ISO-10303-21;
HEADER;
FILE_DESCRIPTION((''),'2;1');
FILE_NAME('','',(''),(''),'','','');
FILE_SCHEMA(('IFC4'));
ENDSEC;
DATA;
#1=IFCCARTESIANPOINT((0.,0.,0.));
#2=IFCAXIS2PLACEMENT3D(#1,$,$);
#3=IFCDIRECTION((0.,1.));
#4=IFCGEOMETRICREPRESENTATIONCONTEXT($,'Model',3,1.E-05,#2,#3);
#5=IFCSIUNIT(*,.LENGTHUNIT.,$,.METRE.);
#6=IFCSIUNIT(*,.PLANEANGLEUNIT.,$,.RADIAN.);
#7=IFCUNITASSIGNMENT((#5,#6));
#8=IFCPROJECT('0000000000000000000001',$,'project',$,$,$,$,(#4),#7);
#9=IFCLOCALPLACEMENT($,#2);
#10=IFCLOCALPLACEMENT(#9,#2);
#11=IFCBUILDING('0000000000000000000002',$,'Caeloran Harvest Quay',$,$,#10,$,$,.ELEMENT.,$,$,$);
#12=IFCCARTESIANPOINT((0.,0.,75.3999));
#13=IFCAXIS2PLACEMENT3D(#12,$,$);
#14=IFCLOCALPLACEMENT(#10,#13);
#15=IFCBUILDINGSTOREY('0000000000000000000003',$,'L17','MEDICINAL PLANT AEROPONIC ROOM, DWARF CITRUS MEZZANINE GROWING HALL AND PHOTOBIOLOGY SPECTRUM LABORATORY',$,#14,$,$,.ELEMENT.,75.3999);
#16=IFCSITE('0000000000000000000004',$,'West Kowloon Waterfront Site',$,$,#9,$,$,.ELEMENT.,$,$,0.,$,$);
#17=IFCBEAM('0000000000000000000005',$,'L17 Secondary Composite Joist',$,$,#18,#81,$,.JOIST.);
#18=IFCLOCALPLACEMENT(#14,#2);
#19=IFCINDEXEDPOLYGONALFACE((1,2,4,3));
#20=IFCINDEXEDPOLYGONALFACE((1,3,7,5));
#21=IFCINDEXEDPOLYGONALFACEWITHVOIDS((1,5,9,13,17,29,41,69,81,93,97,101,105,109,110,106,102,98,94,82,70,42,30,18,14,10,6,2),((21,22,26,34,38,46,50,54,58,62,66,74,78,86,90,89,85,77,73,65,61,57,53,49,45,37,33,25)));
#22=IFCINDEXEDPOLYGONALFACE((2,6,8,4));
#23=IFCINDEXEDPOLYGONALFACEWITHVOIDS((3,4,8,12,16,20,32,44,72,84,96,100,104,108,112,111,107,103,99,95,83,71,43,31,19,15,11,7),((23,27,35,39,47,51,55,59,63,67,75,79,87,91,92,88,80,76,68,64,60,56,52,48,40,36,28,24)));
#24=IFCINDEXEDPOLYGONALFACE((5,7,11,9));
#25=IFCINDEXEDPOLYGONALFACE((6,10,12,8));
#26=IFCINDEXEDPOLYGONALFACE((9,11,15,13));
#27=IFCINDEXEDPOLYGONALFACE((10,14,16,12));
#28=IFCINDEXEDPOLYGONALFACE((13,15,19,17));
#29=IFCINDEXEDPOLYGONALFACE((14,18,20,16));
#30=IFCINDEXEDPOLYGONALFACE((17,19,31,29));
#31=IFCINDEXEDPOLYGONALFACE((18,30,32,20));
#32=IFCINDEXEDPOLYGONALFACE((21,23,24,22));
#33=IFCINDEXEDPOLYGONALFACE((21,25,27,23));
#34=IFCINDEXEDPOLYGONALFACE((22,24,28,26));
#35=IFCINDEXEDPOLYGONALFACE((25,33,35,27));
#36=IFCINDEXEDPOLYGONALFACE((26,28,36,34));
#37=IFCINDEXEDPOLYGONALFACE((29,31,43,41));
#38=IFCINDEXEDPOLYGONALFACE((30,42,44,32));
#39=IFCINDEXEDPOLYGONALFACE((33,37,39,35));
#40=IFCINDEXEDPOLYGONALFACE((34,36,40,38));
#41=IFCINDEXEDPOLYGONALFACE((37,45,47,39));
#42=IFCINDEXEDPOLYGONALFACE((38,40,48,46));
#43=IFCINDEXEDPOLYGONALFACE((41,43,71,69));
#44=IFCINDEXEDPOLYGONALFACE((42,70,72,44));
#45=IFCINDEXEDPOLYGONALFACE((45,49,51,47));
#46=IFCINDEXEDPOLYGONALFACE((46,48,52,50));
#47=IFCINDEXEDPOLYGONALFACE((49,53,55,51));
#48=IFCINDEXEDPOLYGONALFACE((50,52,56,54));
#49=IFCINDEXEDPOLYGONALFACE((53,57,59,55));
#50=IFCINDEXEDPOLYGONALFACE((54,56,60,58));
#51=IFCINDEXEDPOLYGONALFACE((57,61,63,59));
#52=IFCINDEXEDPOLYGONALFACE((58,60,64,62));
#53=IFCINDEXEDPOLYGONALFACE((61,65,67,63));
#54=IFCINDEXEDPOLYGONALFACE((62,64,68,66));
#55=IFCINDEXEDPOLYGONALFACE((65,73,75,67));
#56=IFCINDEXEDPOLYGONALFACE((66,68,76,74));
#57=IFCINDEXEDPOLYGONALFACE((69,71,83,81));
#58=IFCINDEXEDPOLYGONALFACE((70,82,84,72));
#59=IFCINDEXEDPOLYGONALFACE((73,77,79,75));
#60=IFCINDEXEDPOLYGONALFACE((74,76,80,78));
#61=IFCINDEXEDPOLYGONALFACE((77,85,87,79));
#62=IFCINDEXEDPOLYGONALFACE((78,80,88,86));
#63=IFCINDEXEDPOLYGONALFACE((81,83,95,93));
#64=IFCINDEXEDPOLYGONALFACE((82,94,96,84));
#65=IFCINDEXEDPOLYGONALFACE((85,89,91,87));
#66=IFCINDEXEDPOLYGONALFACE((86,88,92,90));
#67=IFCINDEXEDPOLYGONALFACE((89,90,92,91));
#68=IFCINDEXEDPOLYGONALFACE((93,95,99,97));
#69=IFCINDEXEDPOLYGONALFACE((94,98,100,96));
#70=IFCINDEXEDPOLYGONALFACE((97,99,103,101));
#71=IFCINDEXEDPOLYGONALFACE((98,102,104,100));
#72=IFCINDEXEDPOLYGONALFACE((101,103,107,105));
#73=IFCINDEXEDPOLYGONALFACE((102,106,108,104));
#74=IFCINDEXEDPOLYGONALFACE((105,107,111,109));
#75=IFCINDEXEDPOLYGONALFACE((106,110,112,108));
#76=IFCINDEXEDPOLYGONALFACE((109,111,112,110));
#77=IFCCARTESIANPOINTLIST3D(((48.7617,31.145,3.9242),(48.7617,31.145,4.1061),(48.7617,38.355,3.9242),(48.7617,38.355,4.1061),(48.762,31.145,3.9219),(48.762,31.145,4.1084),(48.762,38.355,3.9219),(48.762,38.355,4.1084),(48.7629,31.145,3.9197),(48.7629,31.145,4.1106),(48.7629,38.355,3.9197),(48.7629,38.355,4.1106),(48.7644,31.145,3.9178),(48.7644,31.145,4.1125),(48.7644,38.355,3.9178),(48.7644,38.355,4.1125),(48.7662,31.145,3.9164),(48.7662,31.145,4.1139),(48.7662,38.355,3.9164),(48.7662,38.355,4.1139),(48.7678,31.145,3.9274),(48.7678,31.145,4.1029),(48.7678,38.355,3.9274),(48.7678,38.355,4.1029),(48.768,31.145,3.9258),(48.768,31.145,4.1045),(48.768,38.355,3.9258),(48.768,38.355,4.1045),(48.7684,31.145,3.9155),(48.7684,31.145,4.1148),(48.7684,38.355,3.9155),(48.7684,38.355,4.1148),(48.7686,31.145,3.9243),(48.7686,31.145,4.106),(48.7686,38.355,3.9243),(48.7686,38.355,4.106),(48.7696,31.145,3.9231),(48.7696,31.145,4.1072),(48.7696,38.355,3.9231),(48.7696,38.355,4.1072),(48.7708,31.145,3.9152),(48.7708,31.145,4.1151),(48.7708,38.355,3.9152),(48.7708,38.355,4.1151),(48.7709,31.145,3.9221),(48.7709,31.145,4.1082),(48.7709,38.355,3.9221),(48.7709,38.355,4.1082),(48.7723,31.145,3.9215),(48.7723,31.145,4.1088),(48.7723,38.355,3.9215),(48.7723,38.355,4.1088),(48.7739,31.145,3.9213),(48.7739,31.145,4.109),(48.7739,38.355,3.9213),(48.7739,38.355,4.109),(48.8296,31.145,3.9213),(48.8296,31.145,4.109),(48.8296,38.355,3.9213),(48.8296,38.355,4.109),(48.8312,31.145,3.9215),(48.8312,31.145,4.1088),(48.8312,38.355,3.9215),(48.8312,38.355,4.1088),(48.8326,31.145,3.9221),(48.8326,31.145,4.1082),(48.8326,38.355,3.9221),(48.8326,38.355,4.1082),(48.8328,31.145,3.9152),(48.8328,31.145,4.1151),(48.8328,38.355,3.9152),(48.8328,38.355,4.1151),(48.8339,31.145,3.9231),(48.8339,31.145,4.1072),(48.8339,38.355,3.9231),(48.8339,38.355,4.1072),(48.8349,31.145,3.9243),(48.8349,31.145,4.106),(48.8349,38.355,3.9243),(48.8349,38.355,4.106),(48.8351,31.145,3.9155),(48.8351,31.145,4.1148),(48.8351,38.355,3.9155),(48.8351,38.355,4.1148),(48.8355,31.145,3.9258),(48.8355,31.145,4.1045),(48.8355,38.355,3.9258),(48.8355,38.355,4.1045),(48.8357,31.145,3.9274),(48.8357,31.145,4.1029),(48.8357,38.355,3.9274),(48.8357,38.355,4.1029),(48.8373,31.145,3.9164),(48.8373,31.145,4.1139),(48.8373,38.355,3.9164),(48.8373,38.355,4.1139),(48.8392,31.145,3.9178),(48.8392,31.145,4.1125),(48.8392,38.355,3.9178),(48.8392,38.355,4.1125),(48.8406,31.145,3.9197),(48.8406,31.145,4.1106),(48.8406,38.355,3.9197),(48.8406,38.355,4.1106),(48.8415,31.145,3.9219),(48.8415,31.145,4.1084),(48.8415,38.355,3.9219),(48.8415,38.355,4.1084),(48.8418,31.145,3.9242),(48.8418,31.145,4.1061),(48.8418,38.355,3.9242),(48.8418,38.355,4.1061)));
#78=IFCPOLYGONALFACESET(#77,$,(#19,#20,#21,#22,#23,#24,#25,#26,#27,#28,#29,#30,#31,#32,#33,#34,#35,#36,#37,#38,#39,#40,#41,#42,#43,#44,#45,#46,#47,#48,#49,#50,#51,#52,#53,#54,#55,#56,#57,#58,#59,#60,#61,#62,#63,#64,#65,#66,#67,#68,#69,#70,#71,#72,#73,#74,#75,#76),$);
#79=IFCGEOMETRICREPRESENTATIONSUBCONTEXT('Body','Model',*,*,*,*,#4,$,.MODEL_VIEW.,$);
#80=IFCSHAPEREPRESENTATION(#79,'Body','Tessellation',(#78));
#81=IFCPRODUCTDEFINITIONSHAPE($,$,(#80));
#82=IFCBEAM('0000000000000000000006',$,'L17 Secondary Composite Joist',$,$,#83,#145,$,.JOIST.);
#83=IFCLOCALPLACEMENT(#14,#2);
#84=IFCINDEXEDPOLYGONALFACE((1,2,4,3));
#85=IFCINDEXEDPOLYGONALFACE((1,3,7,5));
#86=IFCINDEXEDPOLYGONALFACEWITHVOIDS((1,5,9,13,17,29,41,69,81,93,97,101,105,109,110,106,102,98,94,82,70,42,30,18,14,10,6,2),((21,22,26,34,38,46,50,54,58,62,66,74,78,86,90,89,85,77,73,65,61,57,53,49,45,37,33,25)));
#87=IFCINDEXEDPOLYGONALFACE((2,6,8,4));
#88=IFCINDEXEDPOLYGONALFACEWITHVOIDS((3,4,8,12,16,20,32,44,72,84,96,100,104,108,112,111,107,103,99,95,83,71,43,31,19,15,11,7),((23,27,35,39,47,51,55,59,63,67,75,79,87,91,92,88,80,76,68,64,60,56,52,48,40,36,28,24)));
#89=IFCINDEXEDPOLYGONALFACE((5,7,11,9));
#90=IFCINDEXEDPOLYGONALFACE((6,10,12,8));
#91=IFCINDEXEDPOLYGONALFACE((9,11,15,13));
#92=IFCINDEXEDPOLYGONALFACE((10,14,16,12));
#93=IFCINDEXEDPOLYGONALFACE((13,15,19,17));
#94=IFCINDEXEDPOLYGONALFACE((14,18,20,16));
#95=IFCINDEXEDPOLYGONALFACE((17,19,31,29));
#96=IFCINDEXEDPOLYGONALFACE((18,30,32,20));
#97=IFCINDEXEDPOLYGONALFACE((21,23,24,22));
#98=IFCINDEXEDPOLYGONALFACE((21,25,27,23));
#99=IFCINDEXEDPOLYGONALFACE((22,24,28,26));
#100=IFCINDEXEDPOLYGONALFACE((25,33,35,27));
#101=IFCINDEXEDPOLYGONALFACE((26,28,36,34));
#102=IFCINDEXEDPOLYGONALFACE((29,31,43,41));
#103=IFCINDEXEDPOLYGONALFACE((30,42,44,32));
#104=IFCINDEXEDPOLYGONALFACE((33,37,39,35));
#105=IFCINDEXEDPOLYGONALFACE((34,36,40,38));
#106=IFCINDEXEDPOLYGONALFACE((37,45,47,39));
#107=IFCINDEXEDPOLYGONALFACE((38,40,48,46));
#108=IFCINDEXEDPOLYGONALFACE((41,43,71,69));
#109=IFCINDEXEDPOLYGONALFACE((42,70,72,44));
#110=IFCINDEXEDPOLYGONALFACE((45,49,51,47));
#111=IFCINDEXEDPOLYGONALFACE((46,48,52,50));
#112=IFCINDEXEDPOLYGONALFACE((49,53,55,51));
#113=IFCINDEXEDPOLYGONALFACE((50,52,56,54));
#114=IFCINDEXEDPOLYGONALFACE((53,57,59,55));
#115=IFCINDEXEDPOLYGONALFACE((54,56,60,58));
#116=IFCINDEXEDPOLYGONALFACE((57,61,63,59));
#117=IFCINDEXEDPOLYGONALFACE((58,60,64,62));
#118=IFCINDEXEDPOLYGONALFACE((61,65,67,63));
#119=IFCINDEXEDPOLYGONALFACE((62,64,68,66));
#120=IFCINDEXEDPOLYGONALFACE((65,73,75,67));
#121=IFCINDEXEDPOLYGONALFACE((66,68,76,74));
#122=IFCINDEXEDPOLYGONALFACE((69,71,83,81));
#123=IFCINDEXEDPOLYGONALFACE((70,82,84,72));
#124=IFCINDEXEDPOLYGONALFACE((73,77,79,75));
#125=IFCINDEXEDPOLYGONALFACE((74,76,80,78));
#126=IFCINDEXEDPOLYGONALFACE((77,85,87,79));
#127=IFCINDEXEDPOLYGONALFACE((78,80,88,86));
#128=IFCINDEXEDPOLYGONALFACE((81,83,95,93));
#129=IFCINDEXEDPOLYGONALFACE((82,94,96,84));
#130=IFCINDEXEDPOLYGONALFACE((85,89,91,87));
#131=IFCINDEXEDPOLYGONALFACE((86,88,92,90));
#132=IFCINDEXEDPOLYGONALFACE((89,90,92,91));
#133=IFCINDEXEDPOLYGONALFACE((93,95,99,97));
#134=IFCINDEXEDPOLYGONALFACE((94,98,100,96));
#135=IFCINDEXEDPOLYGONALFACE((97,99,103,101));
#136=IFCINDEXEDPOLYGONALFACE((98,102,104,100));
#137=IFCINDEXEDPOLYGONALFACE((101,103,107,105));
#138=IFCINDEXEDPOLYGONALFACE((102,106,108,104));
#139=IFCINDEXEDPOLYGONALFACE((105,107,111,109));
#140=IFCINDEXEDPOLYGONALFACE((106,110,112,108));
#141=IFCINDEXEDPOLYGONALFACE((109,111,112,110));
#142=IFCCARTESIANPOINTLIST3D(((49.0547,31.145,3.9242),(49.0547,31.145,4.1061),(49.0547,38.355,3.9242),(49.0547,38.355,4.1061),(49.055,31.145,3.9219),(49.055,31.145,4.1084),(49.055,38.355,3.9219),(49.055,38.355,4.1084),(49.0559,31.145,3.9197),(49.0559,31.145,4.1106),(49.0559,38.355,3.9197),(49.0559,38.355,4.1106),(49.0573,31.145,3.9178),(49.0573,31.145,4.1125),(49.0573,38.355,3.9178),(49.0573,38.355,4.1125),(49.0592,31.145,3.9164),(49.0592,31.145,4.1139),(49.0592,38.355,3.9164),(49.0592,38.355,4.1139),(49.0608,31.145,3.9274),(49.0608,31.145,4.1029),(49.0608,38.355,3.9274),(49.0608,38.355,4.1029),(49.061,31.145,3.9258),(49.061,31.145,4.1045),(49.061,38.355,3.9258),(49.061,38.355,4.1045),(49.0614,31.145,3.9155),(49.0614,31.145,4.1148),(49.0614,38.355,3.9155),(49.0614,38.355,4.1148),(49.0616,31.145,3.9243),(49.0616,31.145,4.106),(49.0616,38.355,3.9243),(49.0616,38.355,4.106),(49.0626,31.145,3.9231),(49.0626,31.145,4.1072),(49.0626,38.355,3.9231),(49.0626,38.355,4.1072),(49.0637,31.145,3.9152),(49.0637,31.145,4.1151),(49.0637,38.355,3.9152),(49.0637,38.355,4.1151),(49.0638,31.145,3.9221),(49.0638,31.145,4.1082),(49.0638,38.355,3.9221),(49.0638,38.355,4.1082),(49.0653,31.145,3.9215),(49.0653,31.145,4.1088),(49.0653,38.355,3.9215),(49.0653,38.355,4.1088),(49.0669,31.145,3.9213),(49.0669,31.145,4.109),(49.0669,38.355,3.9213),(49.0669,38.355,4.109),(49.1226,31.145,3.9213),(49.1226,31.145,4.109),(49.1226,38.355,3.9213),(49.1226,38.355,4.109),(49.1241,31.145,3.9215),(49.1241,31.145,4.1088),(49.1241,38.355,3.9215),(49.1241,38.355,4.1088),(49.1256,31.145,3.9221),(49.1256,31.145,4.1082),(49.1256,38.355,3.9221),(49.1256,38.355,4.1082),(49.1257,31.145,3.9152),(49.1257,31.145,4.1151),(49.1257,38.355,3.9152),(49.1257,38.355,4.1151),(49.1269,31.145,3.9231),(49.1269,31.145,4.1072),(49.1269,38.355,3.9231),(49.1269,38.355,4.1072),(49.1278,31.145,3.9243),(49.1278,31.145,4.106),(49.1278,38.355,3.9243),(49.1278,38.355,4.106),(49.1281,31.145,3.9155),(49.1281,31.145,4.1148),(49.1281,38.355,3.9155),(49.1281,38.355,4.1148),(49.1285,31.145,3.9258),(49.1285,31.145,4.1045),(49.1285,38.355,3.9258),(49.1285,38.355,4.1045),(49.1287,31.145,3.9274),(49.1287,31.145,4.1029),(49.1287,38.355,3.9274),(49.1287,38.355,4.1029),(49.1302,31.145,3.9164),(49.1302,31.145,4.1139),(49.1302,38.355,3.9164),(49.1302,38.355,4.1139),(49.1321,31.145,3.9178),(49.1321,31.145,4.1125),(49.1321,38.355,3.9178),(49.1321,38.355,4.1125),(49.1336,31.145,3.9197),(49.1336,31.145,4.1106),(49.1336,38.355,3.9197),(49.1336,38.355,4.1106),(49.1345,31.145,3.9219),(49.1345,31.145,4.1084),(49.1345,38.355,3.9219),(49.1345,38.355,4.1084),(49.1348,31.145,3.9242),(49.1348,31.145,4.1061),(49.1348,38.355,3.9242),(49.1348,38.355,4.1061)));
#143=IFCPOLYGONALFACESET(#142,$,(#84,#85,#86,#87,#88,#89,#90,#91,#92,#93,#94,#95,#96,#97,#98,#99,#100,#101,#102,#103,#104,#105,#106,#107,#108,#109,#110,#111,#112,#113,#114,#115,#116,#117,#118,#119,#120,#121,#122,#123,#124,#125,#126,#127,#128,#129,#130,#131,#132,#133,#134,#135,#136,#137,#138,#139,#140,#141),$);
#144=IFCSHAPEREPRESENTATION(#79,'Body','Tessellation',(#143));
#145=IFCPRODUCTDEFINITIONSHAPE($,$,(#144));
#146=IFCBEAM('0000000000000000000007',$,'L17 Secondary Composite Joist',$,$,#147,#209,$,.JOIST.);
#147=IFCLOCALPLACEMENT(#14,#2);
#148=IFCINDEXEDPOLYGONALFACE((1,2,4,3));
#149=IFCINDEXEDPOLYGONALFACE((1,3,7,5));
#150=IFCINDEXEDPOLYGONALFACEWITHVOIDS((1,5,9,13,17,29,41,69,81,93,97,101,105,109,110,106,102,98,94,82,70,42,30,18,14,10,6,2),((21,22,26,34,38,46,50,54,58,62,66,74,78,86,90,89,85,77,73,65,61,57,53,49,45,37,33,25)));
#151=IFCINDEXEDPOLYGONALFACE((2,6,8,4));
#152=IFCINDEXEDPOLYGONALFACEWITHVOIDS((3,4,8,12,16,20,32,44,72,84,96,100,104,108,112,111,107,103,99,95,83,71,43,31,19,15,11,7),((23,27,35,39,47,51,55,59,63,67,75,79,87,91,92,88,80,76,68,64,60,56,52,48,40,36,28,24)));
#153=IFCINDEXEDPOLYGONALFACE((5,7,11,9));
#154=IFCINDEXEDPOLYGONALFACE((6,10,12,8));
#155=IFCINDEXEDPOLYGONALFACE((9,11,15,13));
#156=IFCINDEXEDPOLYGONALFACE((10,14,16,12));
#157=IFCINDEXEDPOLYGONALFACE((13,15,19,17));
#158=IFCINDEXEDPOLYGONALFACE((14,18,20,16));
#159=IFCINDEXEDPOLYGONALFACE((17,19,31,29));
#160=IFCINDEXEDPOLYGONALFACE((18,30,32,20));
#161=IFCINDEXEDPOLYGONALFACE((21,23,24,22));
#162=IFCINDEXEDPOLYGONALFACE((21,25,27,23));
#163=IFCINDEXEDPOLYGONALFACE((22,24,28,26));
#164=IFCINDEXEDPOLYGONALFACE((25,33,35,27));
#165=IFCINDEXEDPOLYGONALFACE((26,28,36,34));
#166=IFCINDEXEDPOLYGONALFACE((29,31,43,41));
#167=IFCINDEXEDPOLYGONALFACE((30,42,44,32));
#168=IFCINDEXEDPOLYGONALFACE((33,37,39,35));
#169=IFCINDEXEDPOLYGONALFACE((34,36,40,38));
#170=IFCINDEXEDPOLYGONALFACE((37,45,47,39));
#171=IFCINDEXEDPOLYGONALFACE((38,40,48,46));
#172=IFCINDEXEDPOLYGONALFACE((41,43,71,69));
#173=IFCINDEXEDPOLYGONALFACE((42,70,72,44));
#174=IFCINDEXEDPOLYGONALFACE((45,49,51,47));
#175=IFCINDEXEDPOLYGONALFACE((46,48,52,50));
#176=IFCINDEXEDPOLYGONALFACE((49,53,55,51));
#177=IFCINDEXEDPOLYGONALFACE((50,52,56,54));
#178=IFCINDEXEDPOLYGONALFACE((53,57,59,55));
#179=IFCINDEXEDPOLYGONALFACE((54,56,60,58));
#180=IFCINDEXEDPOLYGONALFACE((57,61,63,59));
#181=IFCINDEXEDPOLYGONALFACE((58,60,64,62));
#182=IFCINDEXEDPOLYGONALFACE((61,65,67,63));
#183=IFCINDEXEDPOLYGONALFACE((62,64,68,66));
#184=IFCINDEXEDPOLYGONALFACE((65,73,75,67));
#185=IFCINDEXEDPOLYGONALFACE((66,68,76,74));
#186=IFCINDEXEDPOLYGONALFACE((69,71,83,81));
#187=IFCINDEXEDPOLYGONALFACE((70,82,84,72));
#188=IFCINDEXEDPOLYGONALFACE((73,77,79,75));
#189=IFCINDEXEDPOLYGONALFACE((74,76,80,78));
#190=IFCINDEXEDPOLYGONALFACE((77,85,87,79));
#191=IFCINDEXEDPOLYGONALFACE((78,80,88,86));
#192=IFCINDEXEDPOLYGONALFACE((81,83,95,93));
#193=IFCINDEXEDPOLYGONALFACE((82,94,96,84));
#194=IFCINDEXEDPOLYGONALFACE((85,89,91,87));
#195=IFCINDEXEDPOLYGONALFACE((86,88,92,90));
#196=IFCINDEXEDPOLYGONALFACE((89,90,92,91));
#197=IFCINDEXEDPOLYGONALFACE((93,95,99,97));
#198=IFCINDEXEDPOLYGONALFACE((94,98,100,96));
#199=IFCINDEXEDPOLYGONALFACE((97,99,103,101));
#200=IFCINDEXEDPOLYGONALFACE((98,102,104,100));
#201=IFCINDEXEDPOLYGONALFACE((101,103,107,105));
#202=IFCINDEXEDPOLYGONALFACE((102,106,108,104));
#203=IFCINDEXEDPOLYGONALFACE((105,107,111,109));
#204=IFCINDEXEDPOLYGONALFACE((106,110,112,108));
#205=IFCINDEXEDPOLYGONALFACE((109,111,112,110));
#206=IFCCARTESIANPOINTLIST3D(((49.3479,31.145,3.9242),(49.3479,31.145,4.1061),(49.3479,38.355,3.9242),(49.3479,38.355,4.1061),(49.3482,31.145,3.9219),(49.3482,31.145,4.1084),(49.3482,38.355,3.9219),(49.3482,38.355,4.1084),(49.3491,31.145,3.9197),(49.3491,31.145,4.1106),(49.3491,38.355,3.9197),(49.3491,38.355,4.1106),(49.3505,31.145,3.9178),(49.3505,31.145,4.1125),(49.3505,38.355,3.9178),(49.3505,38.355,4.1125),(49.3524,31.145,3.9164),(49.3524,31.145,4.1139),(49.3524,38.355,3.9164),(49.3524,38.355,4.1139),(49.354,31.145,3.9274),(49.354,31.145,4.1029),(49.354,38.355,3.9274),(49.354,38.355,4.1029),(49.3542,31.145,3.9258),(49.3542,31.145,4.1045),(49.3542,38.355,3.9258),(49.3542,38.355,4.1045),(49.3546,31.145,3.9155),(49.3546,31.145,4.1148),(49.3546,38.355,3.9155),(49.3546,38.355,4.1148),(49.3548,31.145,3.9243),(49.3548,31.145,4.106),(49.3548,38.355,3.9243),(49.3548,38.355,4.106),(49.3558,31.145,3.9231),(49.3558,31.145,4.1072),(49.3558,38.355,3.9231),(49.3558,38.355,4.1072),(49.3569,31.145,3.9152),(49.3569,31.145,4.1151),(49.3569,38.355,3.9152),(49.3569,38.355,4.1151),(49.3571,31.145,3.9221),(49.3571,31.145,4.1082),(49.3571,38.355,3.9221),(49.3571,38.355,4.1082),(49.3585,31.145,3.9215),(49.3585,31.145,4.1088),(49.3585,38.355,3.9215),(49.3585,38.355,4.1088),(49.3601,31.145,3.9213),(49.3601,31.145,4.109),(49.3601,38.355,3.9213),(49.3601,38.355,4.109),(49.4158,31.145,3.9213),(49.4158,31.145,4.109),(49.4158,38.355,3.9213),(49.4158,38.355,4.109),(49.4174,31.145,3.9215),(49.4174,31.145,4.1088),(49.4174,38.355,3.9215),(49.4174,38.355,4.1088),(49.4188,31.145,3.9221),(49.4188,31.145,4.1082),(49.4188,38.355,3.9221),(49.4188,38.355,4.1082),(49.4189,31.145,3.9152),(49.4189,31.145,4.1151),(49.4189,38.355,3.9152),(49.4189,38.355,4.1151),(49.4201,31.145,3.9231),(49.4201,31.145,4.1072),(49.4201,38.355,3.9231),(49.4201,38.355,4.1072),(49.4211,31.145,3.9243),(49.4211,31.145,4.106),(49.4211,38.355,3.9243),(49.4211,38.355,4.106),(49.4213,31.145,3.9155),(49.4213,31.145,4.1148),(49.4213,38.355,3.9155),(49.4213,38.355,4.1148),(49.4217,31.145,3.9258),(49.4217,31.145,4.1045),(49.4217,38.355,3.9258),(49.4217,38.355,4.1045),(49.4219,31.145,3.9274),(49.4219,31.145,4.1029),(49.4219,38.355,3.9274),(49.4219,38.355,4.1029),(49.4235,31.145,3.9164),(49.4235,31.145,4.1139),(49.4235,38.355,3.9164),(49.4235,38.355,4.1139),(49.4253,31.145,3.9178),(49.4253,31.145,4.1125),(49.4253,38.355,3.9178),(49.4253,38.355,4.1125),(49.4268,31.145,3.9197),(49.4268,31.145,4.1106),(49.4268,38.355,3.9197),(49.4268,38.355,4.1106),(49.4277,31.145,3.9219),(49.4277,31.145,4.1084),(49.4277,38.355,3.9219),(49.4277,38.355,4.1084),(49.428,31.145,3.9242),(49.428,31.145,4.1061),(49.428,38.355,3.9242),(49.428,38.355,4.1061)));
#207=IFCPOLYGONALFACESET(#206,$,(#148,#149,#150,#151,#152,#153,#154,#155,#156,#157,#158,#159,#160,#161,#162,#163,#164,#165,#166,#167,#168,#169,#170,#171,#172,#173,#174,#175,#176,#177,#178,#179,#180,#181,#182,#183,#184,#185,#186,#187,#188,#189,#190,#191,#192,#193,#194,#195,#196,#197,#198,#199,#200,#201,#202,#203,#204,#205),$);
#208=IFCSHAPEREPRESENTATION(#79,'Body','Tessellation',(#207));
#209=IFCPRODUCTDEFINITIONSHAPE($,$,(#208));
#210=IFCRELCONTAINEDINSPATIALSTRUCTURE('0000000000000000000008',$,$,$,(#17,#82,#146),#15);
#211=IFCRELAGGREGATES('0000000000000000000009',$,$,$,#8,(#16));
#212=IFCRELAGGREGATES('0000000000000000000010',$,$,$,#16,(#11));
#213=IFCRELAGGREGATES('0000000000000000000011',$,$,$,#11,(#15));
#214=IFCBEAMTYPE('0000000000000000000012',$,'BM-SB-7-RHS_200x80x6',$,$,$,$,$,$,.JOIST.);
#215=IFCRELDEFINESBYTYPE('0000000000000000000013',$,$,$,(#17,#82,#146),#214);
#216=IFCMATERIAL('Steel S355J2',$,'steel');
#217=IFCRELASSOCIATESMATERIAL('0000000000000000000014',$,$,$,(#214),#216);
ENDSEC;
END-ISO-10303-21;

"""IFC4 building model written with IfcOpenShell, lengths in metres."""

from ifc_helpers import new_model, si_unit, direction, frame, origin, origin_2d, place, context, subcontext, project, spatial, hollow_rectangle, extrude, material, material_profile, profile_set, type_object, element, save


model = new_model("IFC4")

# Units and contexts
model_context = context("Model", 3, precision=1e-05, world=origin(), true_north=direction((0.0, 1.0)))
body_context = subcontext(model_context, "Body", "Model", "MODEL_VIEW")
ifc_project = project(units=[si_unit("LENGTHUNIT", "METRE"), si_unit("PLANEANGLEUNIT", "RADIAN")], contexts=[model_context])

# Site, building, storey
site_placement = place(None, origin())
site = spatial("IfcSite", under=ifc_project, at=site_placement, Name="West Kowloon Waterfront Site", CompositionType="ELEMENT", RefElevation=0.0)
building_placement = place(site_placement, origin())
building = spatial("IfcBuilding", under=site, at=building_placement, Name="Caeloran Harvest Quay", CompositionType="ELEMENT")
storey_placement = place(building_placement, frame((0.0, 0.0, 75.3999)))
storey = spatial("IfcBuildingStorey", under=building, at=storey_placement, Name="L17", Description="MEDICINAL PLANT AEROPONIC ROOM, DWARF CITRUS MEZZANINE GROWING HALL AND PHOTOBIOLOGY SPECTRUM LABORATORY", CompositionType="ELEMENT", Elevation=75.3999)

# Beams
ifc_material_1 = material(Name="Steel S355J2", Category="steel")
ifc_material_profile_1 = material_profile(ifc_material_1, hollow_rectangle(XDim=0.0801, YDim=0.2, WallThickness=0.0061, InnerFilletRadius=0.0061, OuterFilletRadius=0.009, at=origin_2d()), Name="RHS 200x80x6")
ifc_profile_set_1 = profile_set([ifc_material_profile_1], Name="Steel S355J2")
beam_type_1 = type_object("IfcBeamType", Name="BM-SB-7-RHS_200x80x6", PredefinedType="JOIST", material=ifc_profile_set_1)
for number, where, z_axis, x_axis, name in (
    (1, (48.8018, 31.145, 4.0151), (0.0, 1.0, 0.0), (-1.0, 0.0, 0.0), "L17 Secondary Composite Joist"),
    (2, (49.0947, 31.145, 4.0151), (0.0, 1.0, 0.0), (-1.0, 0.0, 0.0), "L17 Secondary Composite Joist"),
    (3, (49.3879, 31.145, 4.0151), (0.0, 1.0, 0.0), (-1.0, 0.0, 0.0), "L17 Secondary Composite Joist"),
):
    element("IfcBeam", number, at=place(storey_placement, frame(where, z_axis=z_axis, x_axis=x_axis)), inside=storey, type_object=beam_type_1, Name=name, PredefinedType="JOIST", context=body_context, shape_type="SweptSolid", body=[
        extrude(hollow_rectangle(XDim=0.0801, YDim=0.2, WallThickness=0.0061, InnerFilletRadius=0.0061, OuterFilletRadius=0.009, at=origin_2d()), origin(), (0.0, 0.0, 1.0), 7.21),
    ])

save(model, "model.ifc")
